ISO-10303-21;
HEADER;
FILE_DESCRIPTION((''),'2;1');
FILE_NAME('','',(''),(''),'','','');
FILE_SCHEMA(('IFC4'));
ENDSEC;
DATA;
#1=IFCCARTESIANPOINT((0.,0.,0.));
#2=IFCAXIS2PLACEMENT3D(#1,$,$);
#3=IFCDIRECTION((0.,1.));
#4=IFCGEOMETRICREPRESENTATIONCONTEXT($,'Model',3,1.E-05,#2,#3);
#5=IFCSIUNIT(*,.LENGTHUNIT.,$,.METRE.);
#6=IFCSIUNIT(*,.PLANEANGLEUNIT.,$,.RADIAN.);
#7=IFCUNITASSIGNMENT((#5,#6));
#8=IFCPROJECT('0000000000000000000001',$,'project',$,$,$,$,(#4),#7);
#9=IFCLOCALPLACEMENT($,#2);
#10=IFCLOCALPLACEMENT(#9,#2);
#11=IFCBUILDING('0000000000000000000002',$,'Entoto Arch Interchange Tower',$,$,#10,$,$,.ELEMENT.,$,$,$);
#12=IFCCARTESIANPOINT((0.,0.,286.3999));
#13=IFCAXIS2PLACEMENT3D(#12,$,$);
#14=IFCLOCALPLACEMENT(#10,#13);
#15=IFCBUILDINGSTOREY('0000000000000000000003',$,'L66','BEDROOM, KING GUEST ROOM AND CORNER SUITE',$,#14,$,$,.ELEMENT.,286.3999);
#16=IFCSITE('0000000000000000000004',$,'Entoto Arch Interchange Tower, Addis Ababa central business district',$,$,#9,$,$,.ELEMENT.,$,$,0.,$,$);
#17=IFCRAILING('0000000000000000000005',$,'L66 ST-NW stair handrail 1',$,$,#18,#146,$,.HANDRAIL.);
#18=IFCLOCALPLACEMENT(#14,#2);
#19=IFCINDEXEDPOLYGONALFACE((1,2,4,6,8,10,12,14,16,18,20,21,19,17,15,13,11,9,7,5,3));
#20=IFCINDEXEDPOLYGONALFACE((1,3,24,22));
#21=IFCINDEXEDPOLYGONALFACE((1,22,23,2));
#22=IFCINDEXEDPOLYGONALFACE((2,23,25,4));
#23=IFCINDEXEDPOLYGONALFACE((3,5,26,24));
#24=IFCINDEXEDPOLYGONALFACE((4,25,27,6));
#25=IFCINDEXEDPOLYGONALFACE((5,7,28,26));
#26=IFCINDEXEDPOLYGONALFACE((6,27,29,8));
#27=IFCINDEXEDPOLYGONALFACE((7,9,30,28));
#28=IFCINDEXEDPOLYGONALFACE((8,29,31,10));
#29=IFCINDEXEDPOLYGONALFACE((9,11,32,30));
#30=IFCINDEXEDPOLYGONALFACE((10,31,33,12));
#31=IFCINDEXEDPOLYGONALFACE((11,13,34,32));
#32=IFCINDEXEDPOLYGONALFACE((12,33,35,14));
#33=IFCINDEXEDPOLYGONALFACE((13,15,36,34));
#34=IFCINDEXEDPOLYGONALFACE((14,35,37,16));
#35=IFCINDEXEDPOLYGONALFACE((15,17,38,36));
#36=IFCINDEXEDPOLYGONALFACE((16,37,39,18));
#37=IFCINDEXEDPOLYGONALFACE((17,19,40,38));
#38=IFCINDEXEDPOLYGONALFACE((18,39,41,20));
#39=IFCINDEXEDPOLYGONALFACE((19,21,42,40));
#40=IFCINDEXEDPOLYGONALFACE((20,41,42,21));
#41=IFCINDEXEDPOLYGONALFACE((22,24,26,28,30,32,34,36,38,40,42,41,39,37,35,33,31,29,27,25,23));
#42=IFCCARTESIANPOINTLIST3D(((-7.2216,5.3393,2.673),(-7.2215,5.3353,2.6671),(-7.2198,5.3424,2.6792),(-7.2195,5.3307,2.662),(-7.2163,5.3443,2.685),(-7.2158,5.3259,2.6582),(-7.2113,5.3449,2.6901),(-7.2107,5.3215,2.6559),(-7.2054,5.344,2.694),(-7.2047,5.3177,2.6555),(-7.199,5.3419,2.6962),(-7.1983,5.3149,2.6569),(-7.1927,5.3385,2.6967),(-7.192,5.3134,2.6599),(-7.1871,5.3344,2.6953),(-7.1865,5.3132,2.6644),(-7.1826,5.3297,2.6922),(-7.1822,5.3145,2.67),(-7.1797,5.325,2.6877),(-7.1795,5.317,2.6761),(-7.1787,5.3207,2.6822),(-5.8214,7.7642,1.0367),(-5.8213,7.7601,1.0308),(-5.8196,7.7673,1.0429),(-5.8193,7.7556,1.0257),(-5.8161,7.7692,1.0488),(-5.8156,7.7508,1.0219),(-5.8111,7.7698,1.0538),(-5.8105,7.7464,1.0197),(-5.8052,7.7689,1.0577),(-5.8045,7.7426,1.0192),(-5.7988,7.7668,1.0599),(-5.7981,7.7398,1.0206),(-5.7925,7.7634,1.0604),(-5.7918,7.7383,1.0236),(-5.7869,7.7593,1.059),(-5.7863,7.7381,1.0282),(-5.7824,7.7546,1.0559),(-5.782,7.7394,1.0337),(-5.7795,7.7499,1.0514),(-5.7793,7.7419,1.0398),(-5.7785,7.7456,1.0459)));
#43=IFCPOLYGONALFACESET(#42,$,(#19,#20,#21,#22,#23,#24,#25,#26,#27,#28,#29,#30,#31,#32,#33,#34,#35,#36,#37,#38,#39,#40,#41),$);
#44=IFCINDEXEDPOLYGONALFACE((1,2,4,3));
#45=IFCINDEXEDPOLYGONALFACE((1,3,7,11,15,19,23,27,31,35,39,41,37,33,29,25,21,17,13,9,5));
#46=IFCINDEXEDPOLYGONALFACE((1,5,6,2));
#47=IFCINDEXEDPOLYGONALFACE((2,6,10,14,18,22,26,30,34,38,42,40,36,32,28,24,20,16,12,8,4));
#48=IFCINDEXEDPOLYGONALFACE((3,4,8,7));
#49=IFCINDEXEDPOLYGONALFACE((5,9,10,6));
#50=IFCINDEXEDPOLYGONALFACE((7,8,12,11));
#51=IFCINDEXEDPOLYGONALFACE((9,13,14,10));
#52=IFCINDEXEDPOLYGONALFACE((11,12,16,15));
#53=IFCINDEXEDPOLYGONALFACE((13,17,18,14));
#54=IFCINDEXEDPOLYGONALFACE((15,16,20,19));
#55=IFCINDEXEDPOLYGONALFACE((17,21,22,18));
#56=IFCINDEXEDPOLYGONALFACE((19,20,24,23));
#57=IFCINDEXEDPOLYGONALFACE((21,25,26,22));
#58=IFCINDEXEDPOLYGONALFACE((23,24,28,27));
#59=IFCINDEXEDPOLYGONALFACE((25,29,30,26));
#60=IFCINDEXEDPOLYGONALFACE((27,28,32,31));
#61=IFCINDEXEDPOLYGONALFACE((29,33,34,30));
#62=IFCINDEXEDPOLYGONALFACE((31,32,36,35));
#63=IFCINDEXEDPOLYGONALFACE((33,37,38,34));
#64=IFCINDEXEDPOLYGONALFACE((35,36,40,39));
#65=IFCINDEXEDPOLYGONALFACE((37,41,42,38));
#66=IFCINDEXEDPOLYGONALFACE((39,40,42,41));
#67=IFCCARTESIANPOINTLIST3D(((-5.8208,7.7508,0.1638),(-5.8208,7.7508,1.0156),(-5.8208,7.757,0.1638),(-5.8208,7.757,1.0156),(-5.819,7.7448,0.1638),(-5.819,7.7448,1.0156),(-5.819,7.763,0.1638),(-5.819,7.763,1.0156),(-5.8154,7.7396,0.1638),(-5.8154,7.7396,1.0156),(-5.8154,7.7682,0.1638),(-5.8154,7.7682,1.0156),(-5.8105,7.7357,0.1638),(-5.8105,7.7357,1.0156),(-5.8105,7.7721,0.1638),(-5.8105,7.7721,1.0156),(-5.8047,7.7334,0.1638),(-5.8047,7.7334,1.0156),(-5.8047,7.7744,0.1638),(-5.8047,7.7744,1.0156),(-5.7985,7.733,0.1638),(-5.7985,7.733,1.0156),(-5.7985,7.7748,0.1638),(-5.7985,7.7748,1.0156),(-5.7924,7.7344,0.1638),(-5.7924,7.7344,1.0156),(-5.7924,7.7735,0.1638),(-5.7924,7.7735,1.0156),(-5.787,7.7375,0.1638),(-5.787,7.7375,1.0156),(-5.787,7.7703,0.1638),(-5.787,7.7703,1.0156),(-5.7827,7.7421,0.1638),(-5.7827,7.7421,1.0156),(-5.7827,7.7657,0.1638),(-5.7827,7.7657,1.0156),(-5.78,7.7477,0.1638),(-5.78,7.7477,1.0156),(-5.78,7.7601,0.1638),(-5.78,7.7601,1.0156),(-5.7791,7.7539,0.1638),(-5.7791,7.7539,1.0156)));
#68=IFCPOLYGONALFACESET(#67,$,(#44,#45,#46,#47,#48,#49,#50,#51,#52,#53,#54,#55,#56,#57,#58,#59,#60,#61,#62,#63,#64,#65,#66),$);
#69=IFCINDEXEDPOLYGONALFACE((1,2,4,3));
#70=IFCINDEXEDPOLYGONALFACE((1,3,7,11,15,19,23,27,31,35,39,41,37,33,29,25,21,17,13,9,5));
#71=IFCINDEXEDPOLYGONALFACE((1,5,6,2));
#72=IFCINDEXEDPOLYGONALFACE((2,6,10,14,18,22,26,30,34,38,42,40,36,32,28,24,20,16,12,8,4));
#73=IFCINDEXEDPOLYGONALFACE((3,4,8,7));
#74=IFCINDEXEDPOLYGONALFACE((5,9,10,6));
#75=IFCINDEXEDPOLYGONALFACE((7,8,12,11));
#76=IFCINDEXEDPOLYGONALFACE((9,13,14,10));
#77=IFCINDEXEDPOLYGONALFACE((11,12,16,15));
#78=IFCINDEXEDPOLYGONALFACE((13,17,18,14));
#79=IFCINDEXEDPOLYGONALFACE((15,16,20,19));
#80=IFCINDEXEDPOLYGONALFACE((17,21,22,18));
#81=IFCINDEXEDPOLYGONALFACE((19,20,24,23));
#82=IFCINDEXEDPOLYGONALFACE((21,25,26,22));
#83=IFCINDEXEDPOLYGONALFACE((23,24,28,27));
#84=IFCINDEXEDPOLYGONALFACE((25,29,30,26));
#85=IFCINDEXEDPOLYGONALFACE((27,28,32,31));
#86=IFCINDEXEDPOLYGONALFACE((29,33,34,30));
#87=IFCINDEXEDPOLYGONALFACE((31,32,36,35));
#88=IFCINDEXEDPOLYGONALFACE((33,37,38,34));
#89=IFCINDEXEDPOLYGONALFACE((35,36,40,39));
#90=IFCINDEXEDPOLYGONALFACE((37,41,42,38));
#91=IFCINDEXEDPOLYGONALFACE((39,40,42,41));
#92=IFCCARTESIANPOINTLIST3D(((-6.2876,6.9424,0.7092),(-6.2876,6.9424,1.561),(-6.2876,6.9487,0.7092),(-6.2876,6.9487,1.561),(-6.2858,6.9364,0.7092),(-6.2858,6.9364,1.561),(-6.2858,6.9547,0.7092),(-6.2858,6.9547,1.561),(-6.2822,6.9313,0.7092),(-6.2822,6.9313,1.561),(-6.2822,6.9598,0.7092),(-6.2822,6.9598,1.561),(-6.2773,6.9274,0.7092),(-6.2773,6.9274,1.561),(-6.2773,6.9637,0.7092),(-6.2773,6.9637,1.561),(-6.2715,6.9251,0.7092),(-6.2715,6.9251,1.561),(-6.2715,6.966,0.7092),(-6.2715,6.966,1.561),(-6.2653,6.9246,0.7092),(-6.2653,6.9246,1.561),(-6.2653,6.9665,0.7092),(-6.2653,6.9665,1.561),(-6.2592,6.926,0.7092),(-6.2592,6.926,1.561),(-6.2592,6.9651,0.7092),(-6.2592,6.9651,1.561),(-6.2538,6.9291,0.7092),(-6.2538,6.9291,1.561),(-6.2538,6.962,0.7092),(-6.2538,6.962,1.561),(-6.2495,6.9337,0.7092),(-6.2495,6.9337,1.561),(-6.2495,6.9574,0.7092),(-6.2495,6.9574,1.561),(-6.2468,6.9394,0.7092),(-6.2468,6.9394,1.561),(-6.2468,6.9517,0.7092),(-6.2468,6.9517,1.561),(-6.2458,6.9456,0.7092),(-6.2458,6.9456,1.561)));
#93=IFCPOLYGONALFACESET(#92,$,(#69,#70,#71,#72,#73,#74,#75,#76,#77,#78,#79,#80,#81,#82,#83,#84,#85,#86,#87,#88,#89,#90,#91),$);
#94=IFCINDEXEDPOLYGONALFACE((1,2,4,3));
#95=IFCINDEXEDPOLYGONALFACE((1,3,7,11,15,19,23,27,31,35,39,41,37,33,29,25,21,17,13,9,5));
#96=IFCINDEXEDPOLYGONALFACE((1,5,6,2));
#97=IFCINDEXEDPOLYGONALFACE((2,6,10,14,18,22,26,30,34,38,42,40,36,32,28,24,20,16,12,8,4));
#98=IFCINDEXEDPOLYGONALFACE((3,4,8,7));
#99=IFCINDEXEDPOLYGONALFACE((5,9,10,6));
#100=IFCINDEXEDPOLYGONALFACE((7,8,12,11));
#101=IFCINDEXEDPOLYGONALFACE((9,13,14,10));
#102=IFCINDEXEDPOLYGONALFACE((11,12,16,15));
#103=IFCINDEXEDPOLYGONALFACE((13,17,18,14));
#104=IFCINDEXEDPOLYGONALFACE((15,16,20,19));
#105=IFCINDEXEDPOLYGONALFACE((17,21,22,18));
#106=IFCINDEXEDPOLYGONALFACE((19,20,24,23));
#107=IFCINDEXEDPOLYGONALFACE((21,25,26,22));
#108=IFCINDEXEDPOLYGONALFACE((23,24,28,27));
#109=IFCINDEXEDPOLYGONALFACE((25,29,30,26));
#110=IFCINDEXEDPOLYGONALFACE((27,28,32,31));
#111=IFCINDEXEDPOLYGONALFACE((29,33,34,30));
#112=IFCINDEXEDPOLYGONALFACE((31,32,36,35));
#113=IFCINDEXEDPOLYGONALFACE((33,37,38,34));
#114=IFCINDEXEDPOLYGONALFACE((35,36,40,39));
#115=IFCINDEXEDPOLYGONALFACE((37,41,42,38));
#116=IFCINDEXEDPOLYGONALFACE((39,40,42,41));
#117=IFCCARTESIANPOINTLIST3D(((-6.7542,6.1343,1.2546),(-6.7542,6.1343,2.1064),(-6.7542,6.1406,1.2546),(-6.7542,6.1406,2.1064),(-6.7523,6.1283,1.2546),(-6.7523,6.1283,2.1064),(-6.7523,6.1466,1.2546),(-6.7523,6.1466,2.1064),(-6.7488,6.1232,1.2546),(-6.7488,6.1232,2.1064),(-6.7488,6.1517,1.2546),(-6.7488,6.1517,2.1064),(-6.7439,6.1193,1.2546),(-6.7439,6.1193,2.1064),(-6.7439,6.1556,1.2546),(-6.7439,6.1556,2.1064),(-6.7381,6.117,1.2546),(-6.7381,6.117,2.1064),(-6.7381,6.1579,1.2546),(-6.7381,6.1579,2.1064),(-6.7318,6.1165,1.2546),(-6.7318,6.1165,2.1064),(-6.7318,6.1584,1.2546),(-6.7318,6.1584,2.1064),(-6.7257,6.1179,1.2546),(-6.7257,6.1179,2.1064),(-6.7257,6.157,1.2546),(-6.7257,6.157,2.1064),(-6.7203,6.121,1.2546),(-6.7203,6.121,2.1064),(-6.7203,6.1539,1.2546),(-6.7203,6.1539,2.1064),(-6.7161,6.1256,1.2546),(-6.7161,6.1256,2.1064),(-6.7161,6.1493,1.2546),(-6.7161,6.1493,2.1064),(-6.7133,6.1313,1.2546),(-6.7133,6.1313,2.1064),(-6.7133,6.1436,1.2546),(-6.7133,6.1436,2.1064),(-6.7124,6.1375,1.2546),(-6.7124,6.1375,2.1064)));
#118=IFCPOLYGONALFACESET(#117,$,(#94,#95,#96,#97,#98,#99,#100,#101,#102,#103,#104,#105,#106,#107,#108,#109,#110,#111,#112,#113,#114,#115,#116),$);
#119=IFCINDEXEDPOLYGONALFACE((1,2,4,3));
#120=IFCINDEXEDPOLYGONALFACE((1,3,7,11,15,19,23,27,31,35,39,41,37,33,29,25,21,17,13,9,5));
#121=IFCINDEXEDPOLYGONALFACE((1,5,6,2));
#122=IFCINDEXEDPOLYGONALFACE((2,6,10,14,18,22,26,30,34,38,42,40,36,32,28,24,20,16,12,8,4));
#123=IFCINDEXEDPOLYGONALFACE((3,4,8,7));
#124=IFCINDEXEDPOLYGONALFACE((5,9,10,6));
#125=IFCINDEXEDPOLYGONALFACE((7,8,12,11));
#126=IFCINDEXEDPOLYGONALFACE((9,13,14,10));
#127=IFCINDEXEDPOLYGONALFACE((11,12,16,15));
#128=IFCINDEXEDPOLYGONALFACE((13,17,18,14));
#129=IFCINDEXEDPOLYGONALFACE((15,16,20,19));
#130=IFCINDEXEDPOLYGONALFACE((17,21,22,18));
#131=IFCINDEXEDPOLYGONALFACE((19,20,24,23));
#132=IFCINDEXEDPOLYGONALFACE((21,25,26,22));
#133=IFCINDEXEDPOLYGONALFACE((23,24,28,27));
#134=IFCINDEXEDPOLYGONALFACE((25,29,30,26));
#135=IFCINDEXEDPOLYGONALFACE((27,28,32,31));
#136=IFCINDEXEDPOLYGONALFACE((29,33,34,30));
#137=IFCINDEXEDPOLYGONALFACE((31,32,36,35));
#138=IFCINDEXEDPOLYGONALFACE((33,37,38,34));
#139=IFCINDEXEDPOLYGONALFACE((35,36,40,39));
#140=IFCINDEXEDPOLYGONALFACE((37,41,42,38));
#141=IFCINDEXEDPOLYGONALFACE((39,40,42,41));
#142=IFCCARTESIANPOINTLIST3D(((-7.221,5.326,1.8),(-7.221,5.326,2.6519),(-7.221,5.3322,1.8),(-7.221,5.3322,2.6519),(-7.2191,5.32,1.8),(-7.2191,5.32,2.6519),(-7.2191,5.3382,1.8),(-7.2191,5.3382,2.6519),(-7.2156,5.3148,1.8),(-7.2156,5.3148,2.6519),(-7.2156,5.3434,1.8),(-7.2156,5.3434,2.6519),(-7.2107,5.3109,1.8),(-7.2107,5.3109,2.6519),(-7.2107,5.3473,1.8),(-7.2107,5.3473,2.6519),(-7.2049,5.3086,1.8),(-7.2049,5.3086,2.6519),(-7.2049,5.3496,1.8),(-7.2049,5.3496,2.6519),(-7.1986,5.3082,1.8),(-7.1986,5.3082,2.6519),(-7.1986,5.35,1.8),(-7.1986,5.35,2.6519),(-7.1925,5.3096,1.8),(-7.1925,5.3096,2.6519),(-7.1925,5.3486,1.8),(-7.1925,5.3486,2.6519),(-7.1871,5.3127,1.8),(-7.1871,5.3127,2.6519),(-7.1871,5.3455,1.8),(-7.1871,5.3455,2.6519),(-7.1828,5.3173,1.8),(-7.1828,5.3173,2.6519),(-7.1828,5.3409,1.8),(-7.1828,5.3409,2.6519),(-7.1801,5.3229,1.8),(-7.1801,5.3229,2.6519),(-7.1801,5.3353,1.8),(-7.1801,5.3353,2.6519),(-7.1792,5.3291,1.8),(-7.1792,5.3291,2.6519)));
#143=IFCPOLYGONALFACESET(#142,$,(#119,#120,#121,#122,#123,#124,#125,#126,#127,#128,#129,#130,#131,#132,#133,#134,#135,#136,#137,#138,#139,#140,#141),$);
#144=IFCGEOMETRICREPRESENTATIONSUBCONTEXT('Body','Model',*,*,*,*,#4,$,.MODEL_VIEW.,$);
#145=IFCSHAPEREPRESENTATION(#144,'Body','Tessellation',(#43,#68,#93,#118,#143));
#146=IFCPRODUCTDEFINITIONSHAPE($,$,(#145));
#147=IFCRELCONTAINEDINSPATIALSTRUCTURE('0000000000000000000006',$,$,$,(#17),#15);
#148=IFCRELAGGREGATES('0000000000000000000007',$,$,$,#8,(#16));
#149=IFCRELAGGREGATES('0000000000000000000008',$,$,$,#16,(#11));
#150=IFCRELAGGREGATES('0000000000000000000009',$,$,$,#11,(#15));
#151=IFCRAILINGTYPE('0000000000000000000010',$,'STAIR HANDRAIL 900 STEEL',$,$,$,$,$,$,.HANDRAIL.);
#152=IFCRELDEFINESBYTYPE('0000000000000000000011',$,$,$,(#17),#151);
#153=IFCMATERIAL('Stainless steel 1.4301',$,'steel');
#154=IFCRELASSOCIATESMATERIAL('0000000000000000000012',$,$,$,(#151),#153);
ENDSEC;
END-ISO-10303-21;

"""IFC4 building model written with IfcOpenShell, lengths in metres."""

from ifc_helpers import new_model, si_unit, direction, frame, origin, origin_2d, place, context, subcontext, project, spatial, circle, extrude, material, type_object, element, save


model = new_model("IFC4")

# Units and contexts
model_context = context("Model", 3, precision=1e-05, world=origin(), true_north=direction((0.0, 1.0)))
body_context = subcontext(model_context, "Body", "Model", "MODEL_VIEW")
ifc_project = project(units=[si_unit("LENGTHUNIT", "METRE"), si_unit("PLANEANGLEUNIT", "RADIAN")], contexts=[model_context])

# Site, building, storey
site_placement = place(None, origin())
site = spatial("IfcSite", under=ifc_project, at=site_placement, Name="Entoto Arch Interchange Tower, Addis Ababa central business district", CompositionType="ELEMENT", RefElevation=0.0)
building_placement = place(site_placement, origin())
building = spatial("IfcBuilding", under=site, at=building_placement, Name="Entoto Arch Interchange Tower", CompositionType="ELEMENT")
storey_placement = place(building_placement, frame((0.0, 0.0, 286.3999)))
storey = spatial("IfcBuildingStorey", under=building, at=storey_placement, Name="L66", Description="BEDROOM, KING GUEST ROOM AND CORNER SUITE", CompositionType="ELEMENT", Elevation=286.3999)

# Railing
ifc_material_1 = material(Name="Stainless steel 1.4301", Category="steel")
railing_type_1 = type_object("IfcRailingType", Name="STAIR HANDRAIL 900 STEEL", PredefinedType="HANDRAIL", material=ifc_material_1)
railing_1_placement = place(storey_placement, frame((-5.8, 7.7539, 0.1638)))
element("IfcRailing", 1, at=railing_1_placement, inside=storey, type_object=railing_type_1, Name="L66 ST-NW stair handrail 1", PredefinedType="HANDRAIL", context=body_context, shape_type="SweptSolid", body=[
    extrude(circle(Radius=0.0239, at=origin_2d()), frame((0.0, 0.0, 0.876), z_axis=(-0.431738, -0.747694, 0.504535), x_axis=(0.865997, -0.50005, 0.0)), (0.0, 0.0, 1.0), 3.2432),
    extrude(circle(Radius=0.021, at=origin_2d()), origin(), (0.0, 0.0, 1.0), 0.8518),
    extrude(circle(Radius=0.021, at=origin_2d()), frame((-0.4668, -0.8083, 0.5454)), (0.0, 0.0, 1.0), 0.8518),
    extrude(circle(Radius=0.021, at=origin_2d()), frame((-0.9333, -1.6165, 1.0908)), (0.0, 0.0, 1.0), 0.8518),
    extrude(circle(Radius=0.021, at=origin_2d()), frame((-1.4001, -2.4248, 1.6362)), (0.0, 0.0, 1.0), 0.8518),
])

save(model, "model.ifc")
